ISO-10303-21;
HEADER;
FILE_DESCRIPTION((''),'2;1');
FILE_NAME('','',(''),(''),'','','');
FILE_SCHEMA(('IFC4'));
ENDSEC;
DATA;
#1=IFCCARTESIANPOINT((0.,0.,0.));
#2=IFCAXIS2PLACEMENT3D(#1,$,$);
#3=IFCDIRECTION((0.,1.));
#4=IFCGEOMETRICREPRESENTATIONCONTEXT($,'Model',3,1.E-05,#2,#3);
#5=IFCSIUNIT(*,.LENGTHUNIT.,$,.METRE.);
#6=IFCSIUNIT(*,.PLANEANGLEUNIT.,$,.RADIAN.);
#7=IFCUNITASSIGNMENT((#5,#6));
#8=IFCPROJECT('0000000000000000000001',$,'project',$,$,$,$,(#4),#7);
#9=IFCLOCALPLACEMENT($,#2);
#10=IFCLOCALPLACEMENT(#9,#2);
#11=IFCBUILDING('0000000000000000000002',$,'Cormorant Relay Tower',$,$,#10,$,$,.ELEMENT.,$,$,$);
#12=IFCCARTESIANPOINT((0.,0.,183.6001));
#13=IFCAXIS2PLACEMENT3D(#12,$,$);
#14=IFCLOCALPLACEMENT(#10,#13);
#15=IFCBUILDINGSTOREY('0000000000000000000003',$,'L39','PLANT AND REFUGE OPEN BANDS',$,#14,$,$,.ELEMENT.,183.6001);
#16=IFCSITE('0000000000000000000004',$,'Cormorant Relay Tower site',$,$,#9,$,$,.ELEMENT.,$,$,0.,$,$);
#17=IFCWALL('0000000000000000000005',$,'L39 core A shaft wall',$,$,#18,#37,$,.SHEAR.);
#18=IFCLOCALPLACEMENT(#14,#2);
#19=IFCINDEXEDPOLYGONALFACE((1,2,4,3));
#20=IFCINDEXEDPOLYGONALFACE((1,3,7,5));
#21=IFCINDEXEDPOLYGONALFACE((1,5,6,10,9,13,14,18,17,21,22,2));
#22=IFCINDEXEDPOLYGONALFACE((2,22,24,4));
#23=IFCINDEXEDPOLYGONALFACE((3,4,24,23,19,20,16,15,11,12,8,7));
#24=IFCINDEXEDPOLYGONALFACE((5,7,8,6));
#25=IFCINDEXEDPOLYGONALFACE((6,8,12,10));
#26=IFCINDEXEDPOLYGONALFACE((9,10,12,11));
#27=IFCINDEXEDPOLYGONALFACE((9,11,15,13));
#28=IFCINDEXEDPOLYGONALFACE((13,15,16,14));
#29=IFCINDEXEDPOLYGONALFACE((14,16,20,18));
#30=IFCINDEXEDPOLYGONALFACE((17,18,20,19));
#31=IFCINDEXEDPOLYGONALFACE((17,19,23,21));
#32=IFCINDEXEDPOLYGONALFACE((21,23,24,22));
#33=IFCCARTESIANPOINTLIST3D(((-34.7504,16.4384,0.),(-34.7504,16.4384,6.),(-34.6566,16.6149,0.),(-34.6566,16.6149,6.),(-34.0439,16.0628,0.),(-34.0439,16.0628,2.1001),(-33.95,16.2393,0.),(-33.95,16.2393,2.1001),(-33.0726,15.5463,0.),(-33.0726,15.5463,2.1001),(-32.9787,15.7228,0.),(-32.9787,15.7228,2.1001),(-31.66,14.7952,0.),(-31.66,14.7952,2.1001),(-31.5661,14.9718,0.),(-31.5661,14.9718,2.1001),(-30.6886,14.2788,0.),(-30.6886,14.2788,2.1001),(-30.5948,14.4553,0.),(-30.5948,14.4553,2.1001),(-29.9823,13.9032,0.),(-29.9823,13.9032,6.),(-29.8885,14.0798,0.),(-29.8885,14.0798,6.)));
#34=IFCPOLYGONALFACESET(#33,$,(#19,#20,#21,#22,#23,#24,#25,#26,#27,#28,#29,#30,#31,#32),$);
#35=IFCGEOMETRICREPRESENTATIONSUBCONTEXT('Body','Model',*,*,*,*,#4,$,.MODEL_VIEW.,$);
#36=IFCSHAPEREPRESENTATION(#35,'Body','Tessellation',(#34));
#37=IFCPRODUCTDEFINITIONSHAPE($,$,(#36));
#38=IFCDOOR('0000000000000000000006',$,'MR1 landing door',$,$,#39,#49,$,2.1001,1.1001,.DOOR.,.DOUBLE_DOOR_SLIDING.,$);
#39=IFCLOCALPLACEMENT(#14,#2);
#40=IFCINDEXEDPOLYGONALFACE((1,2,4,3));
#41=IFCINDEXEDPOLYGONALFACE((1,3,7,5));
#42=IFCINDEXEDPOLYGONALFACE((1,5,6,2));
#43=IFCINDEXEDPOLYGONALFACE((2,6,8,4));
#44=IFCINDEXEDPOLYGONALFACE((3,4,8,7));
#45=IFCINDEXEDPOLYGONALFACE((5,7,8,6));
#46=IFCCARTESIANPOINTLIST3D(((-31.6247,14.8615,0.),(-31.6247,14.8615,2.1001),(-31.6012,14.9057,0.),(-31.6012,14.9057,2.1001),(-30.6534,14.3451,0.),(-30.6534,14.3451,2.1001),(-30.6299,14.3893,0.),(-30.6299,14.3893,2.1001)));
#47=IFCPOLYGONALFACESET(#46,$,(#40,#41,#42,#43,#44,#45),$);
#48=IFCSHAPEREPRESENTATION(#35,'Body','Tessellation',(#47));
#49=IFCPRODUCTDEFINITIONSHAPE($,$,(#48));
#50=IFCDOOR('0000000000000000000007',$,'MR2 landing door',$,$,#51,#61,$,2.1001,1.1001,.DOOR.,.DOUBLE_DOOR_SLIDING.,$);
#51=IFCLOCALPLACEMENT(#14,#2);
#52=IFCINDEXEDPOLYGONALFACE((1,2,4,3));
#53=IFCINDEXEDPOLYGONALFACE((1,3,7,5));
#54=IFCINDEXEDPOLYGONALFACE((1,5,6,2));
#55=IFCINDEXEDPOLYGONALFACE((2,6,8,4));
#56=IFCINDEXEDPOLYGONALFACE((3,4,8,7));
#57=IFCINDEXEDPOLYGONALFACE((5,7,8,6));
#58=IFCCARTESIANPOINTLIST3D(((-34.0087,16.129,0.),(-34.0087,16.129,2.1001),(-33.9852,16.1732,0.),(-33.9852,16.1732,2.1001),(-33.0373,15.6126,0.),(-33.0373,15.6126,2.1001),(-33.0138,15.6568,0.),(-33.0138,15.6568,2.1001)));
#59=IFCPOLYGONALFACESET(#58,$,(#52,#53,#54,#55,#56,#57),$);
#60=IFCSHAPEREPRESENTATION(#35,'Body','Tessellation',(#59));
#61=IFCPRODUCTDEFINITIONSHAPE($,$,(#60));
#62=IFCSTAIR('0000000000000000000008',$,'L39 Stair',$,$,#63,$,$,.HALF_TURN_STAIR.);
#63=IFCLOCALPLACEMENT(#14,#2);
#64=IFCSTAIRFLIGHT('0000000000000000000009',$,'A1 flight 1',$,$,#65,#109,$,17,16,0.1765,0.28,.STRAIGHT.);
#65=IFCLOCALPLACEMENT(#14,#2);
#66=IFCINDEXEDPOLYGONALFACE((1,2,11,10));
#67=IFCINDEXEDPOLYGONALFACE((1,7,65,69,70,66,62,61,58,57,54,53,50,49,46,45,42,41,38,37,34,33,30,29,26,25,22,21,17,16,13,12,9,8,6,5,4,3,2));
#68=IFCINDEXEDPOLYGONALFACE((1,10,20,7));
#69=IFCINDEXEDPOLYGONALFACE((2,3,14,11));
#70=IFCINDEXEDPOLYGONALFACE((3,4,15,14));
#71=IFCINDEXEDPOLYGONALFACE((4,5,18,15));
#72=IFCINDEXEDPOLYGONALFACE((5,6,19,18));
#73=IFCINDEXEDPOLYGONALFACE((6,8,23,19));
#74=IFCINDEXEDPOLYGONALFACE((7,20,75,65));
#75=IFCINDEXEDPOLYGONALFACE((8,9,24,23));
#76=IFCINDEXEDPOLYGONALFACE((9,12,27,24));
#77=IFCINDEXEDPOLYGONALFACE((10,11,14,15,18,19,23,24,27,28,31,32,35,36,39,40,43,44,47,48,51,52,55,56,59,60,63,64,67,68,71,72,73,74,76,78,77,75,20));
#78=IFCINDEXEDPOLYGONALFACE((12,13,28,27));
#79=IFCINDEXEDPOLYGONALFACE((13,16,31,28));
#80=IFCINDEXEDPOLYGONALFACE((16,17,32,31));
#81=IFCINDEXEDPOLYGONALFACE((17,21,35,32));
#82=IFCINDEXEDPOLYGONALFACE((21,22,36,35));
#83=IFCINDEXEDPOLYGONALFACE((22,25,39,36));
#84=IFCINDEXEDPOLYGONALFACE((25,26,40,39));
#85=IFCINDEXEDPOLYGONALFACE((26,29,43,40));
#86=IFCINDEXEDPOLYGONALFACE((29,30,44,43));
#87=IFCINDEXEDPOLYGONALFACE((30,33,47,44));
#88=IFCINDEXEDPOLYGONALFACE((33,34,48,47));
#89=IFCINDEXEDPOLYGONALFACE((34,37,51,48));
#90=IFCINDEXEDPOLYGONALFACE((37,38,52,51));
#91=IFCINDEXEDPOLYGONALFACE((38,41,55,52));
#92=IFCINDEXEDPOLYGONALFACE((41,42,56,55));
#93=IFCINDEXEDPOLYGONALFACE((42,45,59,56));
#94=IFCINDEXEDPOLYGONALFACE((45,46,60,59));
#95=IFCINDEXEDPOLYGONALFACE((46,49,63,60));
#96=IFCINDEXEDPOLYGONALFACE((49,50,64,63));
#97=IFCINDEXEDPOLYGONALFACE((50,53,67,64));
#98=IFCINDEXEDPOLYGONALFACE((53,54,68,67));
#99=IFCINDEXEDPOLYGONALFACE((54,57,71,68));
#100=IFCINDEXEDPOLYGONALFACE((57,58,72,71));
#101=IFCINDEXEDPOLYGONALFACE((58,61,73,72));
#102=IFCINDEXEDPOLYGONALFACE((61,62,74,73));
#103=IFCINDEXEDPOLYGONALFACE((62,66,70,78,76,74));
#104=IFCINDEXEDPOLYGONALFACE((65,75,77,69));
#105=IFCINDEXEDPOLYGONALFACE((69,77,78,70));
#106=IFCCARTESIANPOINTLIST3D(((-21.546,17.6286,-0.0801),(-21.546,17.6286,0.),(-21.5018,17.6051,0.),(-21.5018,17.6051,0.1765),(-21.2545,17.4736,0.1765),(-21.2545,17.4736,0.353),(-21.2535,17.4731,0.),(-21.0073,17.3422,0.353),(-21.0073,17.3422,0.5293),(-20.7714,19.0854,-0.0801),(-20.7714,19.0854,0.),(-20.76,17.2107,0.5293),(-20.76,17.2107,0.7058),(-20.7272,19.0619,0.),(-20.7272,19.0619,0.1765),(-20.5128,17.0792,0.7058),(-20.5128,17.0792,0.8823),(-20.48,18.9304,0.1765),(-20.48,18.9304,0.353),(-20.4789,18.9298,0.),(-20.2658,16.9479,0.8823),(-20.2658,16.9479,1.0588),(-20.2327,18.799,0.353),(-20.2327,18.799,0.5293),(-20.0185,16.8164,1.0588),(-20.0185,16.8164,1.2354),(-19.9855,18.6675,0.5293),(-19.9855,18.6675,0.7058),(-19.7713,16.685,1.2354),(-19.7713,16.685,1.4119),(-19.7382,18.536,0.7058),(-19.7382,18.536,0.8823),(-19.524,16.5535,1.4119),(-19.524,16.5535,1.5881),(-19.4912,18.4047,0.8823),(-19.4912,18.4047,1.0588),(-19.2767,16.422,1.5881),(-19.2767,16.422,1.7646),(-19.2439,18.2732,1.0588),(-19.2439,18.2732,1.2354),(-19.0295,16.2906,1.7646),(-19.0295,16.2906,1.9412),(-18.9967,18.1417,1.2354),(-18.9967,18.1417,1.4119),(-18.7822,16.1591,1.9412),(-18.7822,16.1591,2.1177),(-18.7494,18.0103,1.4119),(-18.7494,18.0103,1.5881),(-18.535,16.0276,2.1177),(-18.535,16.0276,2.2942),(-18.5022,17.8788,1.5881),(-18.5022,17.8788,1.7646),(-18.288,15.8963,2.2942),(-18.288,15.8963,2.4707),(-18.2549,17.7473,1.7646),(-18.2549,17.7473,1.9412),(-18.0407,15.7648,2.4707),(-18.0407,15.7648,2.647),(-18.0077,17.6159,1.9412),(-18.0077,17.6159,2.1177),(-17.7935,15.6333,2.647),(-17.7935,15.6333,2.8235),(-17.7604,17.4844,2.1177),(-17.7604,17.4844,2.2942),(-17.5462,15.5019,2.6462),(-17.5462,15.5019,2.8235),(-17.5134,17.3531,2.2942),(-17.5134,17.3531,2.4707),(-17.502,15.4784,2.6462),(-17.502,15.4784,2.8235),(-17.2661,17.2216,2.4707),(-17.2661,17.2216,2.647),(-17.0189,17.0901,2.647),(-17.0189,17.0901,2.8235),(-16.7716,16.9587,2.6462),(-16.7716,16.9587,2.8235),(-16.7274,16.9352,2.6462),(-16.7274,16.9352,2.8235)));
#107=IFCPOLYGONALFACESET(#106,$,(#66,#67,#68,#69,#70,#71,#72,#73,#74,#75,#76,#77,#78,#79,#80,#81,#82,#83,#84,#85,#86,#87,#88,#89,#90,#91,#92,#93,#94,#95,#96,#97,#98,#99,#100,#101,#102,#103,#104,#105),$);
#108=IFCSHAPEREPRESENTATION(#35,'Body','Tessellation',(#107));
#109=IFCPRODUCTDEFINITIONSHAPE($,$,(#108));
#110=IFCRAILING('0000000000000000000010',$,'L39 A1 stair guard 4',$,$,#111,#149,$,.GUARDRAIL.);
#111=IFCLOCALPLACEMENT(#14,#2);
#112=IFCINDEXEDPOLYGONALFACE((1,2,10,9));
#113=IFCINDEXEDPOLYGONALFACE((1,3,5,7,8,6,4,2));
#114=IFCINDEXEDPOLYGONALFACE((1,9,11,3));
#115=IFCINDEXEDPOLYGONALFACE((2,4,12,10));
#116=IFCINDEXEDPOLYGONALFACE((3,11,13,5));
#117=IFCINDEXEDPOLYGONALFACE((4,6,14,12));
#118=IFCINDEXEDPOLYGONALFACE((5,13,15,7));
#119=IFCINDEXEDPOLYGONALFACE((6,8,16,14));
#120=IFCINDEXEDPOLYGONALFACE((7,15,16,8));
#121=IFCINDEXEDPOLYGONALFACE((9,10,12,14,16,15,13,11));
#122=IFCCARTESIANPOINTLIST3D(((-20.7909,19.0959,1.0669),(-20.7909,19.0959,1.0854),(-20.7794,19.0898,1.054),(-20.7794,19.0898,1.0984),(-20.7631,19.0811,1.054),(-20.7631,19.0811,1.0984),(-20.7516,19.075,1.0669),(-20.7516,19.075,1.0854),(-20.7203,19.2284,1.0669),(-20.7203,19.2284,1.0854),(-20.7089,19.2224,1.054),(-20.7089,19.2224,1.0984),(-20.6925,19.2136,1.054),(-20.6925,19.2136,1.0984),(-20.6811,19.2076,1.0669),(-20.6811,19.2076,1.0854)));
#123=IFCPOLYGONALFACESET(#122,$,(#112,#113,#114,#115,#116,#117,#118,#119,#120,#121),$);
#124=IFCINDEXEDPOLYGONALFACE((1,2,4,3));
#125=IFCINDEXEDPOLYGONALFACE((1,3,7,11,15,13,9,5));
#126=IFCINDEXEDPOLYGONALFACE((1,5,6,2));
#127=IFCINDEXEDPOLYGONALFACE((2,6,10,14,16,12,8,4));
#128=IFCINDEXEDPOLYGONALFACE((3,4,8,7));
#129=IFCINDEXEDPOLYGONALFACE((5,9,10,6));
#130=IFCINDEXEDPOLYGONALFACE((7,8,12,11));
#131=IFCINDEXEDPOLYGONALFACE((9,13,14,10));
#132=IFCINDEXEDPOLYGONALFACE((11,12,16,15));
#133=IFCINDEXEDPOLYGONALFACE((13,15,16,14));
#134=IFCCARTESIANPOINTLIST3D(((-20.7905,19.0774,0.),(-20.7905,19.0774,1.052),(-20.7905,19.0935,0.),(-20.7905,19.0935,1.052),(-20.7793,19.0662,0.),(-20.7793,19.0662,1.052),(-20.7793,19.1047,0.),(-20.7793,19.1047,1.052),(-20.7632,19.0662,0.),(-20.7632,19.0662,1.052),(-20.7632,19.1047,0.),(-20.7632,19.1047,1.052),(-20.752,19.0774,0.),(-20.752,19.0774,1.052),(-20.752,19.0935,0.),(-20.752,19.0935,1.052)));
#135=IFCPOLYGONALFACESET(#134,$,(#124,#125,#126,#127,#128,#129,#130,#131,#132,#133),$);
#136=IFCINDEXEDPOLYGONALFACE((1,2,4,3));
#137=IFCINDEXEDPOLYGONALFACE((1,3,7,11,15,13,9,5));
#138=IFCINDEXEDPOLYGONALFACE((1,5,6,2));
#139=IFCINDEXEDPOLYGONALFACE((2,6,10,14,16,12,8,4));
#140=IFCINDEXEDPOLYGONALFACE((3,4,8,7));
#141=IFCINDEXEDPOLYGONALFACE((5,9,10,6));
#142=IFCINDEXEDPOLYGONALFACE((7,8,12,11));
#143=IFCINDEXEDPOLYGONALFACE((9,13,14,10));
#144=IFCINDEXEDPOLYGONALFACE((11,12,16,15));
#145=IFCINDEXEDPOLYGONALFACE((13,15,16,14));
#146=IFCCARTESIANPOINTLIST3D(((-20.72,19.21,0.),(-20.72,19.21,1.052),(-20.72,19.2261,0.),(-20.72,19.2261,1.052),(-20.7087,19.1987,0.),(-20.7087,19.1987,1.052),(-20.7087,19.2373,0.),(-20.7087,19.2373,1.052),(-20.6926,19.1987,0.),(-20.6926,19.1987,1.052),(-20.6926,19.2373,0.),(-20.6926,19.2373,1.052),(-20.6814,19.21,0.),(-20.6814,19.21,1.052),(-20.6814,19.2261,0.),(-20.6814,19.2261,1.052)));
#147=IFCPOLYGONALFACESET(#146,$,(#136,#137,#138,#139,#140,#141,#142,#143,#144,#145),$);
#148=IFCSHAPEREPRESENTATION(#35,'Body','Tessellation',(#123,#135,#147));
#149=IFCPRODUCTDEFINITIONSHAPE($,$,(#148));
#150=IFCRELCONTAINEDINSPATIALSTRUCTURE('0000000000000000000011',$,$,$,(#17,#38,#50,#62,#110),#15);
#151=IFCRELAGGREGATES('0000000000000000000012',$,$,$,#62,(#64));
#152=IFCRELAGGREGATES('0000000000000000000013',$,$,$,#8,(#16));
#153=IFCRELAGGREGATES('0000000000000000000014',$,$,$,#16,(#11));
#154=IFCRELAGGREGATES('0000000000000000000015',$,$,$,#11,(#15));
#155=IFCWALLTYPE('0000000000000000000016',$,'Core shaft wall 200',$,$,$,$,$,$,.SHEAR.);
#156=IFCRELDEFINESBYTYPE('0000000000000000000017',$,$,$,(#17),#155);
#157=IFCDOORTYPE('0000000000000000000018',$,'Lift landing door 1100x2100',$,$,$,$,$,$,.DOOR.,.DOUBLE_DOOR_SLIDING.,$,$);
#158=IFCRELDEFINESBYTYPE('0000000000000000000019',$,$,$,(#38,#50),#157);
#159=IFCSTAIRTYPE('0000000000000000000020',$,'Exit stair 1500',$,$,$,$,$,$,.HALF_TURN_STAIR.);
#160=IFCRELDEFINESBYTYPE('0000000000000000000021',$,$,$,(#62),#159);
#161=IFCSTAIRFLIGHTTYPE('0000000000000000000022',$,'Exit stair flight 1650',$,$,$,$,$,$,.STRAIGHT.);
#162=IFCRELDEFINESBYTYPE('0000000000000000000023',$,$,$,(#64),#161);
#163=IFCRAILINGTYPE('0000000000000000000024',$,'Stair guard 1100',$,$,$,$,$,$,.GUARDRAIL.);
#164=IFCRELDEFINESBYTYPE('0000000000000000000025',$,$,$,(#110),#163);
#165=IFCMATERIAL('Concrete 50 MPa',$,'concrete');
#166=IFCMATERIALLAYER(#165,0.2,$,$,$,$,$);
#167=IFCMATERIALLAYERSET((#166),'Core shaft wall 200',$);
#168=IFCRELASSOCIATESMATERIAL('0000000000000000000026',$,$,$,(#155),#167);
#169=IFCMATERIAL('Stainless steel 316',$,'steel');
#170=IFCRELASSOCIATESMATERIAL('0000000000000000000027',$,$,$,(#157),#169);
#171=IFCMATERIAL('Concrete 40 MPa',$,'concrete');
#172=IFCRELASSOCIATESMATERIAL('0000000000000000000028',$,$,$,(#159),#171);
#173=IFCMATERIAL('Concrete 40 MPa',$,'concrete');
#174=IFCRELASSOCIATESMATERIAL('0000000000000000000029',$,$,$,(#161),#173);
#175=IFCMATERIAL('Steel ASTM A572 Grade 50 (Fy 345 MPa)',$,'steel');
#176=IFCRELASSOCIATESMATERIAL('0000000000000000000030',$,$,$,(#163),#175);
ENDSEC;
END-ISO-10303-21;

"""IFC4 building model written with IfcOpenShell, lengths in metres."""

from ifc_helpers import new_model, si_unit, direction, frame, frame_2d, origin, place, context, subcontext, project, spatial, polyline, rectangle, outline, extrude, material, layer, layer_set, type_object, element, fill, aggregate, save


model = new_model("IFC4")

# Units and contexts
model_context = context("Model", 3, precision=1e-05, world=origin(), true_north=direction((0.0, 1.0)))
body_context = subcontext(model_context, "Body", "Model", "MODEL_VIEW")
ifc_project = project(units=[si_unit("LENGTHUNIT", "METRE"), si_unit("PLANEANGLEUNIT", "RADIAN")], contexts=[model_context])

# Site, building, storey
site_placement = place(None, origin())
site = spatial("IfcSite", under=ifc_project, at=site_placement, Name="Cormorant Relay Tower site", CompositionType="ELEMENT", RefElevation=0.0)
building_placement = place(site_placement, origin())
building = spatial("IfcBuilding", under=site, at=building_placement, Name="Cormorant Relay Tower", CompositionType="ELEMENT")
storey_placement = place(building_placement, frame((0.0, 0.0, 183.6001)))
storey = spatial("IfcBuildingStorey", under=building, at=storey_placement, Name="L39", Description="PLANT AND REFUGE OPEN BANDS", CompositionType="ELEMENT", Elevation=183.6001)

# Shared definitions
ifc_material_1 = material(Name="Concrete 50 MPa", Category="concrete")
ifc_layer_1 = layer(ifc_material_1, 0.2)
ifc_layer_set_1 = layer_set([ifc_layer_1], Name="Core shaft wall 200")
wall_type_1 = type_object("IfcWallType", Name="Core shaft wall 200", PredefinedType="SHEAR", material=ifc_layer_set_1)

# Wall, openings, doors
wall_1_placement = place(storey_placement, frame((-29.9353, 13.9915, 0.0), z_axis=(0.0, 0.0, 1.0), x_axis=(-0.882953, 0.469462, 0.0)))
wall_1 = element("IfcWall", 1, at=wall_1_placement, inside=storey, type_object=wall_type_1, Name="L39 core A shaft wall", PredefinedType="SHEAR", context=body_context, shape_type="SweptSolid", body=[
    extrude(rectangle(XDim=5.4001, YDim=0.2, at=frame_2d((2.7002, 0.0))), origin(), (0.0, 0.0, 1.0), 6.0),
])
opening_1_placement = place(wall_1_placement, frame((0.8, 0.0, 0.0)))
opening_1 = element("IfcOpeningElement", 2, at=opening_1_placement, cuts=wall_1, PredefinedType="OPENING", context=body_context, shape_type="SweptSolid", body=[
    extrude(rectangle(XDim=1.1001, YDim=2.1001, at=frame_2d((0.55, 1.05))), frame((0.0, 0.1099, 0.0), z_axis=(0.0, -1.0, 0.0), x_axis=(1.0, 0.0, 0.0)), (0.0, 0.0, 1.0), 0.22),
])
opening_2_placement = place(wall_1_placement, frame((3.5, 0.0, 0.0)))
opening_2 = element("IfcOpeningElement", 3, at=opening_2_placement, cuts=wall_1, PredefinedType="OPENING", context=body_context, shape_type="SweptSolid", body=[
    extrude(rectangle(XDim=1.1001, YDim=2.1001, at=frame_2d((0.55, 1.05))), frame((0.0, 0.1099, 0.0), z_axis=(0.0, -1.0, 0.0), x_axis=(1.0, 0.0, 0.0)), (0.0, 0.0, 1.0), 0.22),
])
ifc_material_2 = material(Name="Stainless steel 316", Category="steel")
door_type_1 = type_object("IfcDoorType", Name="Lift landing door 1100x2100", OperationType="DOUBLE_DOOR_SLIDING", PredefinedType="DOOR", material=ifc_material_2)
door_1_placement = place(opening_1_placement, origin())
door_1 = element("IfcDoor", 4, at=door_1_placement, inside=storey, type_object=door_type_1, Name="MR1 landing door", OperationType="DOUBLE_DOOR_SLIDING", OverallHeight=2.1001, OverallWidth=1.1001, PredefinedType="DOOR", context=body_context, shape_type="SweptSolid", body=[
    extrude(rectangle(XDim=1.1001, YDim=2.1001, at=frame_2d((0.55, 1.05))), frame((0.0, 0.0249, 0.0), z_axis=(0.0, -1.0, 0.0), x_axis=(1.0, 0.0, 0.0)), (0.0, 0.0, 1.0), 0.05),
])
fill(opening_1, door_1)
door_2_placement = place(opening_2_placement, origin())
door_2 = element("IfcDoor", 5, at=door_2_placement, inside=storey, type_object=door_type_1, Name="MR2 landing door", OperationType="DOUBLE_DOOR_SLIDING", OverallHeight=2.1001, OverallWidth=1.1001, PredefinedType="DOOR", context=body_context, shape_type="SweptSolid", body=[
    extrude(rectangle(XDim=1.1001, YDim=2.1001, at=frame_2d((0.55, 1.05))), frame((0.0, 0.0249, 0.0), z_axis=(0.0, -1.0, 0.0), x_axis=(1.0, 0.0, 0.0)), (0.0, 0.0, 1.0), 0.05),
])
fill(opening_2, door_2)

# Stair, stair flight
ifc_material_3 = material(Name="Concrete 40 MPa", Category="concrete")
stair_type = type_object("IfcStairType", Name="Exit stair 1500", PredefinedType="HALF_TURN_STAIR", material=ifc_material_3)
stair_placement = place(storey_placement, origin())
stair = element("IfcStair", 6, at=stair_placement, inside=storey, type_object=stair_type, Name="L39 Stair", PredefinedType="HALF_TURN_STAIR")
ifc_material_4 = material(Name="Concrete 40 MPa", Category="concrete")
stair_flight_type = type_object("IfcStairFlightType", Name="Exit stair flight 1650", PredefinedType="STRAIGHT", material=ifc_material_4)
stair_flight_placement = place(storey_placement, frame((-21.1145, 18.3335, 0.0), z_axis=(0.0, 0.0, 1.0), x_axis=(0.882948, -0.469472, 0.0)))
stair_flight = element("IfcStairFlight", 7, at=stair_flight_placement, type_object=stair_flight_type, Name="A1 flight 1", NumberOfRisers=17, NumberOfTreads=16, PredefinedType="STRAIGHT", RiserHeight=0.1765, TreadLength=0.28, context=body_context, shape_type="SweptSolid", body=[
    extrude(outline(polyline([(-0.05, -0.0801), (-0.05, 0.0), (0.0, 0.0), (0.0, 0.1765), (0.28, 0.1765), (0.28, 0.353), (0.5601, 0.353), (0.5601, 0.5293), (0.8401, 0.5293), (0.8401, 0.7058), (1.1201, 0.7058), (1.1201, 0.8823), (1.3999, 0.8823), (1.3999, 1.0588), (1.6799, 1.0588), (1.6799, 1.2354), (1.96, 1.2354), (1.96, 1.4119), (2.24, 1.4119), (2.24, 1.5881), (2.52, 1.5881), (2.52, 1.7646), (2.8, 1.7646), (2.8, 1.9412), (3.0801, 1.9412), (3.0801, 2.1177), (3.3601, 2.1177), (3.3601, 2.2942), (3.6399, 2.2942), (3.6399, 2.4707), (3.9199, 2.4707), (3.9199, 2.647), (4.2, 2.647), (4.2, 2.8235), (4.48, 2.8235), (4.53, 2.8235), (4.53, 2.6462), (4.48, 2.6462), (0.2812, 0.0), (-0.05, -0.0801)])), frame((0.0, 0.825, 0.0), z_axis=(0.0, -1.0, 0.0), x_axis=(1.0, 0.0, 0.0)), (0.0, 0.0, 1.0), 1.6499),
])
aggregate(stair, [stair_flight])

# Railing
ifc_material_5 = material(Name="Steel ASTM A572 Grade 50 (Fy 345 MPa)", Category="steel")
railing_type_1 = type_object("IfcRailingType", Name="Stair guard 1100", PredefinedType="GUARDRAIL", material=ifc_material_5)
railing_1_placement = place(storey_placement, frame((-20.7712, 19.0854, 0.0)))
element("IfcRailing", 8, at=railing_1_placement, inside=storey, type_object=railing_type_1, Name="L39 A1 stair guard 4", PredefinedType="GUARDRAIL", context=body_context, shape_type="SweptSolid", body=[
    extrude(outline(polyline([(0.0222, 0.0093), (0.0093, 0.0222), (-0.0093, 0.0222), (-0.0222, 0.0093), (-0.0222, -0.0093), (-0.0093, -0.0222), (0.0093, -0.0222), (0.0222, -0.0093), (0.0222, 0.0093)])), frame((0.0, 0.0, 1.0762), z_axis=(0.469829, 0.882758, 0.0), x_axis=(-0.882758, 0.469829, 0.0)), (0.0, 0.0, 1.0), 0.1501),
    extrude(outline(polyline([(0.0193, 0.0081), (0.0081, 0.0193), (-0.0081, 0.0193), (-0.0193, 0.0081), (-0.0193, -0.0081), (-0.0081, -0.0193), (0.0081, -0.0193), (0.0193, -0.0081), (0.0193, 0.0081)])), origin(), (0.0, 0.0, 1.0), 1.052),
    extrude(outline(polyline([(0.0193, 0.0081), (0.0081, 0.0193), (-0.0081, 0.0193), (-0.0193, 0.0081), (-0.0193, -0.0081), (-0.0081, -0.0193), (0.0081, -0.0193), (0.0193, -0.0081), (0.0193, 0.0081)])), frame((0.0706, 0.1326, 0.0)), (0.0, 0.0, 1.0), 1.052),
])

save(model, "model.ifc")
